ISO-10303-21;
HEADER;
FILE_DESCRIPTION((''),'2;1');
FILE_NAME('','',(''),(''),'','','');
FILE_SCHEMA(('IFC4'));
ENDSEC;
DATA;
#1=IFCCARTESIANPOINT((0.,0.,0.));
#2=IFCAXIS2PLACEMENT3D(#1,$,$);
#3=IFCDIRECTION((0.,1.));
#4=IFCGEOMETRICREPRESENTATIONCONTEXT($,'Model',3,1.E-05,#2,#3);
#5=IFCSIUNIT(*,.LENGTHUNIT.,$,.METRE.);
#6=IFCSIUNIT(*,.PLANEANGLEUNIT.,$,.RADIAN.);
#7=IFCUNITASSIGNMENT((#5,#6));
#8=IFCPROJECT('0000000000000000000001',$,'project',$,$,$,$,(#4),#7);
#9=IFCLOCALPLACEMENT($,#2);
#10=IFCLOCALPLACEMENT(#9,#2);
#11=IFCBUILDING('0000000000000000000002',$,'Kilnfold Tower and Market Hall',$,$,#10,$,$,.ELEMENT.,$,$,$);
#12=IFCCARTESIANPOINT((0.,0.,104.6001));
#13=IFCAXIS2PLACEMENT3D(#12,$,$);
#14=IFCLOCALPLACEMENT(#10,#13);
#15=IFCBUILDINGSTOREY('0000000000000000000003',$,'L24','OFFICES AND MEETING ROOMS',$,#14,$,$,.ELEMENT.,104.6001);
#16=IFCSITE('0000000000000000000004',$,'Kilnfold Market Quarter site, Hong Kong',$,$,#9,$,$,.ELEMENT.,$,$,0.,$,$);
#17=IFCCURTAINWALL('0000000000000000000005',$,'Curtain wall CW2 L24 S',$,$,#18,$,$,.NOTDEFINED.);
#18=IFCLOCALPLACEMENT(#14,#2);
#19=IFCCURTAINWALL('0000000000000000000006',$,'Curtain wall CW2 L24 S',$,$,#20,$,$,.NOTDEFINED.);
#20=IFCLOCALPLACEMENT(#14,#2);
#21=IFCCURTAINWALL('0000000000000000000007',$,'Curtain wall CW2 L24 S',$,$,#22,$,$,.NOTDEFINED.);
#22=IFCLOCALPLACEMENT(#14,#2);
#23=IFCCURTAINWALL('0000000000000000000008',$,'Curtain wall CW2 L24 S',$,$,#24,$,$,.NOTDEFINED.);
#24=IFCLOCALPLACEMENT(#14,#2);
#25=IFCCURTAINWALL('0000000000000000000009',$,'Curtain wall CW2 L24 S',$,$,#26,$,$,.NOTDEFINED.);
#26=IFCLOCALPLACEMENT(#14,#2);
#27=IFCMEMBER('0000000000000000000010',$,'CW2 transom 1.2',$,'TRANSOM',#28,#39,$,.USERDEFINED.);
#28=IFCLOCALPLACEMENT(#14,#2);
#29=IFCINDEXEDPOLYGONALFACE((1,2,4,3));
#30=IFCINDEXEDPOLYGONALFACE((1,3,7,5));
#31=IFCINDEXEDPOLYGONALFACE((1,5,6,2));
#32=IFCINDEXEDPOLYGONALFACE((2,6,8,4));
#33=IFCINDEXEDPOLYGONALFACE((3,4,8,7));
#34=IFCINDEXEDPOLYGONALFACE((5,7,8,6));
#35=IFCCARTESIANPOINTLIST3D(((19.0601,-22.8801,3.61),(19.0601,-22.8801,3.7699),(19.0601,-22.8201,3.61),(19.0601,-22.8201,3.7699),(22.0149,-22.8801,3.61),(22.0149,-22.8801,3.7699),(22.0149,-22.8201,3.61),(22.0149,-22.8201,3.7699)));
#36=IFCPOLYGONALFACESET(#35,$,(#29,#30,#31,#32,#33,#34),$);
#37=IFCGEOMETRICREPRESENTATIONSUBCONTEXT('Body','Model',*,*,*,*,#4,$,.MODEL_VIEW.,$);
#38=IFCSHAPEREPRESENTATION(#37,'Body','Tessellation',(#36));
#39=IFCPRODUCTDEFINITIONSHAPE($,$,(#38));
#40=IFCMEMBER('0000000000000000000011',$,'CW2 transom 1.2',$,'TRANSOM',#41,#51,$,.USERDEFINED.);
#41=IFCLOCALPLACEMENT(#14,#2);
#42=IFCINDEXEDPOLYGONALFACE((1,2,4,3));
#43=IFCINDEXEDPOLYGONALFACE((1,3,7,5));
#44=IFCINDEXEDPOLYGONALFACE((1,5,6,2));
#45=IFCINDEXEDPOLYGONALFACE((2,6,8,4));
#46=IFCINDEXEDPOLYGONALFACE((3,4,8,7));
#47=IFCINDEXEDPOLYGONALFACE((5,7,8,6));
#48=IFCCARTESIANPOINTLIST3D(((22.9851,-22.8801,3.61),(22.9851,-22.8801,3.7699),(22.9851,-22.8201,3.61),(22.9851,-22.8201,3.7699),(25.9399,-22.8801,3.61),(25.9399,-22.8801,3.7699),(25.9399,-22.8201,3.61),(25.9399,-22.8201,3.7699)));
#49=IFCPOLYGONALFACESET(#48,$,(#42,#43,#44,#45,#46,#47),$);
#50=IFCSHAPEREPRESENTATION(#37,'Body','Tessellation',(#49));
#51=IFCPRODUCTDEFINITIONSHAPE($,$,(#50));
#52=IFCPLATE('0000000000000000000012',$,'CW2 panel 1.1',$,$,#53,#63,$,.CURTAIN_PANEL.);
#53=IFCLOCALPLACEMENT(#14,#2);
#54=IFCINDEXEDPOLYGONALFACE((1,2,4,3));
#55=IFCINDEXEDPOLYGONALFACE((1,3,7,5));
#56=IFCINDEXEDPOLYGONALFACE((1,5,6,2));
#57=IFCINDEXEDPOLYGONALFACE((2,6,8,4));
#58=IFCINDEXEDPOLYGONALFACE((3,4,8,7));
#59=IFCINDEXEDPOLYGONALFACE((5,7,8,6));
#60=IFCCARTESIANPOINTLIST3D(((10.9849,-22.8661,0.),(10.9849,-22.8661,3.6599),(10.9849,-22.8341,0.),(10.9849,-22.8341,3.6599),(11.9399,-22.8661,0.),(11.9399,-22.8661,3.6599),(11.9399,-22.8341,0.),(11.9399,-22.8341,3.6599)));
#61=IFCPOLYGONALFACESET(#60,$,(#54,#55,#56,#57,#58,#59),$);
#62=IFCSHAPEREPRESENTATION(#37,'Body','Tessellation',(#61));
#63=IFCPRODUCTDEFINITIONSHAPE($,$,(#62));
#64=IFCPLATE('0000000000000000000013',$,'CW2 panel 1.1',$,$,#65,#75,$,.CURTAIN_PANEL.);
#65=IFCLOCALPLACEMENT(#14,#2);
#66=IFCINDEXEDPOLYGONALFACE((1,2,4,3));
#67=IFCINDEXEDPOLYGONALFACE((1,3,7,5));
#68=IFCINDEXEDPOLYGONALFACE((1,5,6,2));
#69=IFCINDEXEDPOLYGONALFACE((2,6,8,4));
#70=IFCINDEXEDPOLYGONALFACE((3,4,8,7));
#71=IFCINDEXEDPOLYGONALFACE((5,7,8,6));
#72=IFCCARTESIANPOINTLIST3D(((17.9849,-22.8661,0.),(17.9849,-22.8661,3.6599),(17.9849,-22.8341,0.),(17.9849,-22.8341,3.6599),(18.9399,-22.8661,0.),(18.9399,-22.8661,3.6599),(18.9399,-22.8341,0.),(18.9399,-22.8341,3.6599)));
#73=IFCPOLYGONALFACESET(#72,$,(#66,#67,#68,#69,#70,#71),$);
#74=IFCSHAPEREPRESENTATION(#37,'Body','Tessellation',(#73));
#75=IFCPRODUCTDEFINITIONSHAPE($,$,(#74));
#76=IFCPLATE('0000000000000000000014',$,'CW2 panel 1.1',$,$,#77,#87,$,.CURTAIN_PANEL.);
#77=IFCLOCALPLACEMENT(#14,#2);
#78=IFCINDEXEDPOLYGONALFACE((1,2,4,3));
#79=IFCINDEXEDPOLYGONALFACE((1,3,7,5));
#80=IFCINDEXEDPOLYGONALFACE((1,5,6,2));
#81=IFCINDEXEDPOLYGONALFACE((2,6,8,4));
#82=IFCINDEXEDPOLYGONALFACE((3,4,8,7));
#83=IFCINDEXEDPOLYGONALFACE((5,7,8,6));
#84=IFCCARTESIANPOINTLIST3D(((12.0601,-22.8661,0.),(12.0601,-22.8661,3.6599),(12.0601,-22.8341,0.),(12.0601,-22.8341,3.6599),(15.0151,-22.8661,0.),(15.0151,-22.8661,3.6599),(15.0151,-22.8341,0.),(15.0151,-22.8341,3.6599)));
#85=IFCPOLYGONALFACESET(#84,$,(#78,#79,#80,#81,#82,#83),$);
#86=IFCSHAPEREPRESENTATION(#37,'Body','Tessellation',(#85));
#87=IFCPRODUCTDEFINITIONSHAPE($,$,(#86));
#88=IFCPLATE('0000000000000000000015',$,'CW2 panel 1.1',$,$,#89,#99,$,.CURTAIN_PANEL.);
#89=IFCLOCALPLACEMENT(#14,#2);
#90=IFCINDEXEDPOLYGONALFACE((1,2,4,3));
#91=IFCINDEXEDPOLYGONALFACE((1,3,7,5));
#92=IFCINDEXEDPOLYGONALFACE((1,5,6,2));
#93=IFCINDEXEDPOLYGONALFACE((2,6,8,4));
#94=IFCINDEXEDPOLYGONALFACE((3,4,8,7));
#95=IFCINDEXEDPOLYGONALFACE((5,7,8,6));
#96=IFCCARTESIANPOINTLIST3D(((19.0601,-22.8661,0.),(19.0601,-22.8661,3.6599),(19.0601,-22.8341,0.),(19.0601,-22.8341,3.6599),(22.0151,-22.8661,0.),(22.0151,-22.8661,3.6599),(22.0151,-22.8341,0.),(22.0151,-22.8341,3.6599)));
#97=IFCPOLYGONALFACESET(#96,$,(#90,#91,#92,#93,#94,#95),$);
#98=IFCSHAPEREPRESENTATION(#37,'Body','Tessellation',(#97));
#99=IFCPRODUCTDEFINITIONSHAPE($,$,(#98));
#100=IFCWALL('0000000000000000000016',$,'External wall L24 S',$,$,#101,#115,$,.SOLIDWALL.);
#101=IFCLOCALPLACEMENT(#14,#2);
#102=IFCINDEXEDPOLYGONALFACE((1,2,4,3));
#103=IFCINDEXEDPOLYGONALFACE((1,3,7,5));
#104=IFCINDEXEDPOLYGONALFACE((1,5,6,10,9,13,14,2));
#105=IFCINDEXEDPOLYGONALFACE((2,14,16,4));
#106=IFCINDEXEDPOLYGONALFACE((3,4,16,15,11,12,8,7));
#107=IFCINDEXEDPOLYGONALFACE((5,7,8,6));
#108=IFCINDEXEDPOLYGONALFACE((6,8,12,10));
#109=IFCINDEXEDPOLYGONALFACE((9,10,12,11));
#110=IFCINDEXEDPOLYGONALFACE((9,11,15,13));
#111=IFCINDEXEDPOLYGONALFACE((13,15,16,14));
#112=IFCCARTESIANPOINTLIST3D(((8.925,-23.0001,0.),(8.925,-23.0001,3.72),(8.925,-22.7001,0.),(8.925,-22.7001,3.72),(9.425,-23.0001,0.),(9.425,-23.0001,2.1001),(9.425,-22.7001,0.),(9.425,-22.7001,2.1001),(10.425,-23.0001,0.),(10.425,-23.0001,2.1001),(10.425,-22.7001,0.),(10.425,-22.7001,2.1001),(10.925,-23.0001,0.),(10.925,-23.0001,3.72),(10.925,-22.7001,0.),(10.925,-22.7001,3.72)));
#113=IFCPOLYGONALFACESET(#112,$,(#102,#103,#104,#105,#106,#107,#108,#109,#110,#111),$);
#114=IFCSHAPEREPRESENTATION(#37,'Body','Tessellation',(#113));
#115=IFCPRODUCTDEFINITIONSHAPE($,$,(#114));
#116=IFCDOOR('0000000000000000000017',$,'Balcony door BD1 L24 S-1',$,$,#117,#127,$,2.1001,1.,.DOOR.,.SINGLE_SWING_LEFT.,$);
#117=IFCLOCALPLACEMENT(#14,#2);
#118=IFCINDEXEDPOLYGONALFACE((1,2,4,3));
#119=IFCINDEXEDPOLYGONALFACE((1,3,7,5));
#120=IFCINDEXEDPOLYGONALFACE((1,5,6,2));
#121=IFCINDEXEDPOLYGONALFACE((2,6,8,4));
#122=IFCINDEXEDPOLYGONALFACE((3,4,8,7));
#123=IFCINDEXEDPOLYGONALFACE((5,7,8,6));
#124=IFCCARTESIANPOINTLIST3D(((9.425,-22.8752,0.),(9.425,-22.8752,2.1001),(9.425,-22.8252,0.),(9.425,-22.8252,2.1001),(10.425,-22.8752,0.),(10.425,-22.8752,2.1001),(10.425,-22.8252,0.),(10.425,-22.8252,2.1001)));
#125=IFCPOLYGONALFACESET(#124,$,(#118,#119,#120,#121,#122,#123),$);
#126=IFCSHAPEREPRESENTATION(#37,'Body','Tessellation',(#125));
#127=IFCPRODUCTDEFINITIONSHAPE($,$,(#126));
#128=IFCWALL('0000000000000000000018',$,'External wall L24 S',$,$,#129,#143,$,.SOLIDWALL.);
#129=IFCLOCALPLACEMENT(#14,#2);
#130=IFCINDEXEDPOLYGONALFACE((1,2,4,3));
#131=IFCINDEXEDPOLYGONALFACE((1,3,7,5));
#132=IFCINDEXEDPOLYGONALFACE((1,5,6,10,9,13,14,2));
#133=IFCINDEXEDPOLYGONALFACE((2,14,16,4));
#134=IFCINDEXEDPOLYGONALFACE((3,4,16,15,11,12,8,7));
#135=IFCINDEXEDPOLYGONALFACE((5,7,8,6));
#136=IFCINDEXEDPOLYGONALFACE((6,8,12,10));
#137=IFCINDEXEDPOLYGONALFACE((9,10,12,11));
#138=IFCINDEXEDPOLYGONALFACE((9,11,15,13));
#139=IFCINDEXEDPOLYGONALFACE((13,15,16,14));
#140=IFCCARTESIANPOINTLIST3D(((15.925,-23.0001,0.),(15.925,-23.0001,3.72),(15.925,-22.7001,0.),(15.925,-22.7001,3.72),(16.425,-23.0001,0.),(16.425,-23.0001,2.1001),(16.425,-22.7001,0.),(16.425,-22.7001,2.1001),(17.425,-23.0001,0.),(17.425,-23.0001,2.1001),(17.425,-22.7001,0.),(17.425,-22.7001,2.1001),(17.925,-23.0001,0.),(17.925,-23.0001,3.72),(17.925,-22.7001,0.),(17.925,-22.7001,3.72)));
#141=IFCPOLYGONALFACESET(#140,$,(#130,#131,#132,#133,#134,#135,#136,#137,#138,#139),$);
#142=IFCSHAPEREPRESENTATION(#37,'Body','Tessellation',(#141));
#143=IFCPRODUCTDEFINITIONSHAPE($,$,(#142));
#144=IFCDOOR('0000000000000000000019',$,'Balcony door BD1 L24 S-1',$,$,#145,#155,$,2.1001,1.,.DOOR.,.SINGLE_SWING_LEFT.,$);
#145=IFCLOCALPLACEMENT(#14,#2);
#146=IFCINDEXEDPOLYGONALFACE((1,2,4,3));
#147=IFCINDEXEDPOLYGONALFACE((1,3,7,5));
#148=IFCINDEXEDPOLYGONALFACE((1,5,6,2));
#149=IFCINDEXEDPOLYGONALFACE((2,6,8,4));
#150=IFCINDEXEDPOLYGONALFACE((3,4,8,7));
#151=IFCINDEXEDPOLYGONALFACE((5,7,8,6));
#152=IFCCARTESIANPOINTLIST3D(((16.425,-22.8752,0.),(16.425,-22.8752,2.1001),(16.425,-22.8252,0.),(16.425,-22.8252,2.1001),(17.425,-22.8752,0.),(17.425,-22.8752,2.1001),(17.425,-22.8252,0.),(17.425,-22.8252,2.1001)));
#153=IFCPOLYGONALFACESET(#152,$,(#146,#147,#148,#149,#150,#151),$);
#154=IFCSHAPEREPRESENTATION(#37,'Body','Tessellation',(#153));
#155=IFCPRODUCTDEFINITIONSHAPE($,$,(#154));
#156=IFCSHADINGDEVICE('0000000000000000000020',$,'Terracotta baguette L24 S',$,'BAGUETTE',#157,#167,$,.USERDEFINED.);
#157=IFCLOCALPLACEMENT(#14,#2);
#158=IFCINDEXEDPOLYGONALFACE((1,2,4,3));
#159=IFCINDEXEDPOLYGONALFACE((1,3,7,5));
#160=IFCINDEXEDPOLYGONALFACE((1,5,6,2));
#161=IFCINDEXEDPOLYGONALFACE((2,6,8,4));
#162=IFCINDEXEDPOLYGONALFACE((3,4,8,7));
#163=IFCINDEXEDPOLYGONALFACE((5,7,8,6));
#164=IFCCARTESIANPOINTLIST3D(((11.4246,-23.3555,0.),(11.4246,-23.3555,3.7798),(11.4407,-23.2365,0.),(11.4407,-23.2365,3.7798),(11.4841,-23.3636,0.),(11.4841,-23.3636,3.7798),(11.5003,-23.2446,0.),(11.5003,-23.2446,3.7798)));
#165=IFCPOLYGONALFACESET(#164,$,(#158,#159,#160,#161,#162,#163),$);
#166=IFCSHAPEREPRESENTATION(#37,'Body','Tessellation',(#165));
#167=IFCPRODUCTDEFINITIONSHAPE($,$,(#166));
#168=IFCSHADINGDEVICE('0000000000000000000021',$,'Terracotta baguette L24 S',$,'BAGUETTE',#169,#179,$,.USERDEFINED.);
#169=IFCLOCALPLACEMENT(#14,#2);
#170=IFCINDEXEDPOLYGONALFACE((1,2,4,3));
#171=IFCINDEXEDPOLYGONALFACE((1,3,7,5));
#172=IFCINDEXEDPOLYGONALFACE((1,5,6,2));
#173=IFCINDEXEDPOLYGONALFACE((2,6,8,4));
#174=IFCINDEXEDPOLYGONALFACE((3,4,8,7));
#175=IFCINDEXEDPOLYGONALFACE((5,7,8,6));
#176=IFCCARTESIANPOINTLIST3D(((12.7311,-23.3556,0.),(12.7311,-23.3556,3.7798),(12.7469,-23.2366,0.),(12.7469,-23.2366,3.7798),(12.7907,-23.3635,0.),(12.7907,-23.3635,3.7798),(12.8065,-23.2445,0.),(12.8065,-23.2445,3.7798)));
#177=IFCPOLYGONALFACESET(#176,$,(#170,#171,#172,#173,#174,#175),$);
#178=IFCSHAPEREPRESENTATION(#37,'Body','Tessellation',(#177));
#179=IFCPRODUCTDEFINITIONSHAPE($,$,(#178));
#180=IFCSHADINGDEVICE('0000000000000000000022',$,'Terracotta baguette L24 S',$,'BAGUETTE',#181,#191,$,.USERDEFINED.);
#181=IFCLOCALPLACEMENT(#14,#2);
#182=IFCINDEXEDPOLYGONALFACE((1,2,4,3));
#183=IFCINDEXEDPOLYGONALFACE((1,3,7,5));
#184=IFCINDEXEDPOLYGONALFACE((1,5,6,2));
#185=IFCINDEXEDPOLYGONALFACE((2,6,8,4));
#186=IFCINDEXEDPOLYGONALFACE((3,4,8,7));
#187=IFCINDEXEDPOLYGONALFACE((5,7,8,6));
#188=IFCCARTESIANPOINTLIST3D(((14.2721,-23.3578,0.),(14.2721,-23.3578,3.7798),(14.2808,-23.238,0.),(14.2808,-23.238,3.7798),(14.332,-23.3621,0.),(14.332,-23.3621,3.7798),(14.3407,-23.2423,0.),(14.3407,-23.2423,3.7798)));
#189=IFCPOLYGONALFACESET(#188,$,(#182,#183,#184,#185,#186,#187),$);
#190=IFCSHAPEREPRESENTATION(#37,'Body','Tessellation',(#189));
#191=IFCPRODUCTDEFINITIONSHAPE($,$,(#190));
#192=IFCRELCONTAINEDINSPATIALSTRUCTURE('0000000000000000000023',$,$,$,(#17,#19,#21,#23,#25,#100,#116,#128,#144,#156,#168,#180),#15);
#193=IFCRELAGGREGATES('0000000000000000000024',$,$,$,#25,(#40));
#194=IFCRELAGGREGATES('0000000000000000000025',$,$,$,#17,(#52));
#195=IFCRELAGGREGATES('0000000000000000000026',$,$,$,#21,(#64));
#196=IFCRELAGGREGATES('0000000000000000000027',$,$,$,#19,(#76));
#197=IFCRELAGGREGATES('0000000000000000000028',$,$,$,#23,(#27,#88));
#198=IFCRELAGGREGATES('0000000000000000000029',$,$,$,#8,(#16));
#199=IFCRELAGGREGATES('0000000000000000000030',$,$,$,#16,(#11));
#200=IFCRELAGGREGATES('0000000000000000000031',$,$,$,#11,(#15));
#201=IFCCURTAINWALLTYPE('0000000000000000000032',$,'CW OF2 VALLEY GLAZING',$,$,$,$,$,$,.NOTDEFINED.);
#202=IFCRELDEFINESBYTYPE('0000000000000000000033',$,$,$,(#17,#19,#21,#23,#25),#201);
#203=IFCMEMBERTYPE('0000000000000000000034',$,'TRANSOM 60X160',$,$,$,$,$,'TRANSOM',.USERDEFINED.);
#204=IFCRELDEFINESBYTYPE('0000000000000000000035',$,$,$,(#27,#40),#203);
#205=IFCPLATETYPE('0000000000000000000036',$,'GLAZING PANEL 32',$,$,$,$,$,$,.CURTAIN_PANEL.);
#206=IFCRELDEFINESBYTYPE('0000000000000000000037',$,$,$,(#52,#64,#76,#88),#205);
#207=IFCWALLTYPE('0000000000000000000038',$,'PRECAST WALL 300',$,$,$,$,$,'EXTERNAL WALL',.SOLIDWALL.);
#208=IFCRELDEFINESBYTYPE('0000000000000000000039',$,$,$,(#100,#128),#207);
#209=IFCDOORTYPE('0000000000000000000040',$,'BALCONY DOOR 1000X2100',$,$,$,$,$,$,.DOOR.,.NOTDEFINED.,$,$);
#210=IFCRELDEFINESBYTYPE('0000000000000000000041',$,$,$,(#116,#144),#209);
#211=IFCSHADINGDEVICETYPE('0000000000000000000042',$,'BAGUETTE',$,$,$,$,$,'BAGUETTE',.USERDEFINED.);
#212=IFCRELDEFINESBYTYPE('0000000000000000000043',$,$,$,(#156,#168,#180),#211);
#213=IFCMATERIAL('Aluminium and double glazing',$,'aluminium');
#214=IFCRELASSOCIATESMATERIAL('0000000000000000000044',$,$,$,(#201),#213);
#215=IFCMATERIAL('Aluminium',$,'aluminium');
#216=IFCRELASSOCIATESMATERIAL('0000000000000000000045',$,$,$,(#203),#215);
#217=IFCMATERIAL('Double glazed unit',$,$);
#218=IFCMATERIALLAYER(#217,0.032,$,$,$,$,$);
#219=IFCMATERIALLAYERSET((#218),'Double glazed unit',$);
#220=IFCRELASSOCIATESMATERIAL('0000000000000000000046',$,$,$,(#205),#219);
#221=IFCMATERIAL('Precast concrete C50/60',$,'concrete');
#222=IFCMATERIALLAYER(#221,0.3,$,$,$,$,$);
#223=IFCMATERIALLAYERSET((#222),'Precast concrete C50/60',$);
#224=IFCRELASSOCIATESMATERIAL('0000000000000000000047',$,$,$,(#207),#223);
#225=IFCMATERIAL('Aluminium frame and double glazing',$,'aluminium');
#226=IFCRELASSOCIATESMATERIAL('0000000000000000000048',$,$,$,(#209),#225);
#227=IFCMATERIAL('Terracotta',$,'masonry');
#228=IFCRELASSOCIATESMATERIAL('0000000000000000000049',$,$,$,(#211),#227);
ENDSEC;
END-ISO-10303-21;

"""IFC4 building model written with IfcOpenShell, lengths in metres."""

from ifc_helpers import new_model, si_unit, direction, frame, frame_2d, origin, origin_2d, place, context, subcontext, project, spatial, rectangle, extrude, source, transform, mapped, material, layer, layer_set, material_profile, profile_set, type_object, element, fill, aggregate, save


model = new_model("IFC4")

# Units and contexts
model_context = context("Model", 3, precision=1e-05, world=origin(), true_north=direction((0.0, 1.0)))
body_context = subcontext(model_context, "Body", "Model", "MODEL_VIEW")
ifc_project = project(units=[si_unit("LENGTHUNIT", "METRE"), si_unit("PLANEANGLEUNIT", "RADIAN")], contexts=[model_context])

# Site, building, storey
site_placement = place(None, origin())
site = spatial("IfcSite", under=ifc_project, at=site_placement, Name="Kilnfold Market Quarter site, Hong Kong", CompositionType="ELEMENT", RefElevation=0.0)
building_placement = place(site_placement, origin())
building = spatial("IfcBuilding", under=site, at=building_placement, Name="Kilnfold Tower and Market Hall", CompositionType="ELEMENT")
storey_placement = place(building_placement, frame((0.0, 0.0, 104.6001)))
storey = spatial("IfcBuildingStorey", under=building, at=storey_placement, Name="L24", Description="OFFICES AND MEETING ROOMS", CompositionType="ELEMENT", Elevation=104.6001)

# Curtain walls
ifc_material_1 = material(Name="Aluminium and double glazing", Category="aluminium")
curtain_wall_type = type_object("IfcCurtainWallType", Name="CW OF2 VALLEY GLAZING", PredefinedType="NOTDEFINED", material=ifc_material_1)
curtain_wall_1_placement = place(storey_placement, origin())
curtain_wall_1 = element("IfcCurtainWall", 1, at=curtain_wall_1_placement, inside=storey, type_object=curtain_wall_type, Name="Curtain wall CW2 L24 S", PredefinedType="NOTDEFINED")
curtain_wall_2_placement = place(storey_placement, origin())
curtain_wall_2 = element("IfcCurtainWall", 2, at=curtain_wall_2_placement, inside=storey, type_object=curtain_wall_type, Name="Curtain wall CW2 L24 S", PredefinedType="NOTDEFINED")
curtain_wall_3_placement = place(storey_placement, origin())
curtain_wall_3 = element("IfcCurtainWall", 3, at=curtain_wall_3_placement, inside=storey, type_object=curtain_wall_type, Name="Curtain wall CW2 L24 S", PredefinedType="NOTDEFINED")
curtain_wall_4_placement = place(storey_placement, origin())
curtain_wall_4 = element("IfcCurtainWall", 4, at=curtain_wall_4_placement, inside=storey, type_object=curtain_wall_type, Name="Curtain wall CW2 L24 S", PredefinedType="NOTDEFINED")

# Curtain wall
curtain_wall_5_placement = place(storey_placement, origin())
curtain_wall_5 = element("IfcCurtainWall", 5, at=curtain_wall_5_placement, inside=storey, type_object=curtain_wall_type, Name="Curtain wall CW2 L24 S", PredefinedType="NOTDEFINED")

# Members
ifc_material_2 = material(Name="Aluminium", Category="aluminium")
ifc_material_profile_1 = material_profile(ifc_material_2, rectangle(XDim=0.0601, YDim=0.1599, at=origin_2d()), Name="TRANSOM 60x160")
ifc_profile_set_1 = profile_set([ifc_material_profile_1], Name="Aluminium")
member_type_1 = type_object("IfcMemberType", Name="TRANSOM 60X160", ElementType="TRANSOM", PredefinedType="USERDEFINED", material=ifc_profile_set_1)
shared_shape_1 = source(origin(), body_context, "Body", "SweptSolid", [
    extrude(rectangle(XDim=0.0601, YDim=0.1599, at=origin_2d()), origin(), (0.0, 0.0, 1.0), 2.9548),
])
member_1_placement = place(storey_placement, frame((19.0601, -22.8501, 3.6899), z_axis=(1.0, 0.0, 0.0), x_axis=(0.0, 1.0, 0.0)))
member_1 = element("IfcMember", 6, at=member_1_placement, type_object=member_type_1, Name="CW2 transom 1.2", ObjectType="TRANSOM", PredefinedType="USERDEFINED", context=body_context, shape_type="MappedRepresentation", body=[
    mapped(shared_shape_1, transform((0.0, 0.0, 0.0))),
])
member_2_placement = place(storey_placement, frame((22.9851, -22.8501, 3.6899), z_axis=(1.0, 0.0, 0.0), x_axis=(0.0, 1.0, 0.0)))
member_2 = element("IfcMember", 7, at=member_2_placement, type_object=member_type_1, Name="CW2 transom 1.2", ObjectType="TRANSOM", PredefinedType="USERDEFINED", context=body_context, shape_type="MappedRepresentation", body=[
    mapped(shared_shape_1, transform((0.0, 0.0, 0.0))),
])
aggregate(curtain_wall_5, [member_2])

# Plates
ifc_material_3 = material(Name="Double glazed unit")
ifc_layer_1 = layer(ifc_material_3, 0.032)
ifc_layer_set_1 = layer_set([ifc_layer_1], Name="Double glazed unit")
plate_type = type_object("IfcPlateType", Name="GLAZING PANEL 32", PredefinedType="CURTAIN_PANEL", material=ifc_layer_set_1)
shared_shape_2 = source(origin(), body_context, "Body", "SweptSolid", [
    extrude(rectangle(XDim=0.9551, YDim=0.032, at=origin_2d()), origin(), (0.0, 0.0, 1.0), 3.6599),
])
plate_1_placement = place(storey_placement, frame((11.4624, -22.8501, 0.0), z_axis=(0.0, 0.0, 1.0), x_axis=(1.0, 0.0, 0.0)))
plate_1 = element("IfcPlate", 8, at=plate_1_placement, type_object=plate_type, Name="CW2 panel 1.1", PredefinedType="CURTAIN_PANEL", context=body_context, shape_type="MappedRepresentation", body=[
    mapped(shared_shape_2, transform((0.0, 0.0, 0.0))),
])
aggregate(curtain_wall_1, [plate_1])
plate_2_placement = place(storey_placement, frame((18.4624, -22.8501, 0.0), z_axis=(0.0, 0.0, 1.0), x_axis=(1.0, 0.0, 0.0)))
plate_2 = element("IfcPlate", 9, at=plate_2_placement, type_object=plate_type, Name="CW2 panel 1.1", PredefinedType="CURTAIN_PANEL", context=body_context, shape_type="MappedRepresentation", body=[
    mapped(shared_shape_2, transform((0.0, 0.0, 0.0))),
])
aggregate(curtain_wall_3, [plate_2])
shared_shape_3 = source(origin(), body_context, "Body", "SweptSolid", [
    extrude(rectangle(XDim=2.9551, YDim=0.032, at=origin_2d()), origin(), (0.0, 0.0, 1.0), 3.6599),
])
plate_3_placement = place(storey_placement, frame((13.5376, -22.8501, 0.0), z_axis=(0.0, 0.0, 1.0), x_axis=(1.0, 0.0, 0.0)))
plate_3 = element("IfcPlate", 10, at=plate_3_placement, type_object=plate_type, Name="CW2 panel 1.1", PredefinedType="CURTAIN_PANEL", context=body_context, shape_type="MappedRepresentation", body=[
    mapped(shared_shape_3, transform((0.0, 0.0, 0.0))),
])
aggregate(curtain_wall_2, [plate_3])
plate_4_placement = place(storey_placement, frame((20.5376, -22.8501, 0.0), z_axis=(0.0, 0.0, 1.0), x_axis=(1.0, 0.0, 0.0)))
plate_4 = element("IfcPlate", 11, at=plate_4_placement, type_object=plate_type, Name="CW2 panel 1.1", PredefinedType="CURTAIN_PANEL", context=body_context, shape_type="MappedRepresentation", body=[
    mapped(shared_shape_3, transform((0.0, 0.0, 0.0))),
])
aggregate(curtain_wall_4, [member_1, plate_4])

# Walls, openings, doors
ifc_material_4 = material(Name="Precast concrete C50/60", Category="concrete")
ifc_layer_2 = layer(ifc_material_4, 0.3)
ifc_layer_set_2 = layer_set([ifc_layer_2], Name="Precast concrete C50/60")
wall_type = type_object("IfcWallType", Name="PRECAST WALL 300", ElementType="EXTERNAL WALL", PredefinedType="SOLIDWALL", material=ifc_layer_set_2)
shared_shape_4 = source(origin(), body_context, "Body", "SweptSolid", [
    extrude(rectangle(XDim=2.0, YDim=0.3, at=frame_2d((1.0, 0.0))), origin(), (0.0, 0.0, 1.0), 3.72),
])
wall_1_placement = place(storey_placement, frame((8.925, -22.8501, 0.0), z_axis=(0.0, 0.0, 1.0), x_axis=(1.0, 0.0, 0.0)))
wall_1 = element("IfcWall", 12, at=wall_1_placement, inside=storey, type_object=wall_type, Name="External wall L24 S", PredefinedType="SOLIDWALL", context=body_context, shape_type="MappedRepresentation", body=[
    mapped(shared_shape_4, transform((0.0, 0.0, 0.0))),
])
opening_1_placement = place(wall_1_placement, frame((0.5, 0.0, 0.0)))
opening_1 = element("IfcOpeningElement", 13, at=opening_1_placement, cuts=wall_1, PredefinedType="OPENING", context=body_context, shape_type="SweptSolid", body=[
    extrude(rectangle(XDim=1.0, YDim=2.1001, at=frame_2d((0.5, 1.05))), frame((0.0, 0.1602, 0.0), z_axis=(0.0, -1.0, 0.0), x_axis=(1.0, 0.0, 0.0)), (0.0, 0.0, 1.0), 0.3201),
])
ifc_material_5 = material(Name="Aluminium frame and double glazing", Category="aluminium")
door_type = type_object("IfcDoorType", Name="BALCONY DOOR 1000X2100", OperationType="NOTDEFINED", PredefinedType="DOOR", material=ifc_material_5)
door_1_placement = place(opening_1_placement, origin())
door_1 = element("IfcDoor", 14, at=door_1_placement, inside=storey, type_object=door_type, Name="Balcony door BD1 L24 S-1", OperationType="SINGLE_SWING_LEFT", OverallHeight=2.1001, OverallWidth=1.0, PredefinedType="DOOR", context=body_context, shape_type="SweptSolid", body=[
    extrude(rectangle(XDim=1.0, YDim=2.1001, at=frame_2d((0.5, 1.05))), frame((0.0, 0.0249, 0.0), z_axis=(0.0, -1.0, 0.0), x_axis=(1.0, 0.0, 0.0)), (0.0, 0.0, 1.0), 0.05),
])
fill(opening_1, door_1)
wall_2_placement = place(storey_placement, frame((15.925, -22.8501, 0.0), z_axis=(0.0, 0.0, 1.0), x_axis=(1.0, 0.0, 0.0)))
wall_2 = element("IfcWall", 15, at=wall_2_placement, inside=storey, type_object=wall_type, Name="External wall L24 S", PredefinedType="SOLIDWALL", context=body_context, shape_type="MappedRepresentation", body=[
    mapped(shared_shape_4, transform((0.0, 0.0, 0.0))),
])
opening_2_placement = place(wall_2_placement, frame((0.5, 0.0, 0.0)))
opening_2 = element("IfcOpeningElement", 16, at=opening_2_placement, cuts=wall_2, PredefinedType="OPENING", context=body_context, shape_type="SweptSolid", body=[
    extrude(rectangle(XDim=1.0, YDim=2.1001, at=frame_2d((0.5, 1.05))), frame((0.0, 0.1602, 0.0), z_axis=(0.0, -1.0, 0.0), x_axis=(1.0, 0.0, 0.0)), (0.0, 0.0, 1.0), 0.3201),
])
door_2_placement = place(opening_2_placement, origin())
door_2 = element("IfcDoor", 17, at=door_2_placement, inside=storey, type_object=door_type, Name="Balcony door BD1 L24 S-1", OperationType="SINGLE_SWING_LEFT", OverallHeight=2.1001, OverallWidth=1.0, PredefinedType="DOOR", context=body_context, shape_type="SweptSolid", body=[
    extrude(rectangle(XDim=1.0, YDim=2.1001, at=frame_2d((0.5, 1.05))), frame((0.0, 0.0249, 0.0), z_axis=(0.0, -1.0, 0.0), x_axis=(1.0, 0.0, 0.0)), (0.0, 0.0, 1.0), 0.05),
])
fill(opening_2, door_2)

# Shading devices
ifc_material_6 = material(Name="Terracotta", Category="masonry")
ifc_material_profile_2 = material_profile(ifc_material_6, rectangle(XDim=0.0601, YDim=0.1201, at=origin_2d()), Name="BAG 60x120")
ifc_profile_set_2 = profile_set([ifc_material_profile_2], Name="Terracotta")
shading_device_type = type_object("IfcShadingDeviceType", Name="BAGUETTE", ElementType="BAGUETTE", PredefinedType="USERDEFINED", material=ifc_profile_set_2)
shared_shape_5 = source(origin(), body_context, "Body", "SweptSolid", [
    extrude(rectangle(XDim=0.0601, YDim=0.1201, at=origin_2d()), origin(), (0.0, 0.0, 1.0), 3.7798),
])
for number, where, z_axis, x_axis, name in (
    (18, (11.4624, -23.3, 0.0), (0.0, 0.0, 1.0), (0.990881, -0.134742, 0.0), "Terracotta baguette L24 S"),
    (19, (12.7688, -23.3, 0.0), (0.0, 0.0, 1.0), (0.991303, -0.131599, 0.0), "Terracotta baguette L24 S"),
    (20, (14.3064, -23.3, 0.0), (0.0, 0.0, 1.0), (0.997353, -0.072716, 0.0), "Terracotta baguette L24 S"),
):
    element("IfcShadingDevice", number, at=place(storey_placement, frame(where, z_axis=z_axis, x_axis=x_axis)), inside=storey, type_object=shading_device_type, Name=name, ObjectType="BAGUETTE", PredefinedType="USERDEFINED", context=body_context, shape_type="MappedRepresentation", body=[
        mapped(shared_shape_5, transform((0.0, 0.0, 0.0))),
    ])

save(model, "model.ifc")
